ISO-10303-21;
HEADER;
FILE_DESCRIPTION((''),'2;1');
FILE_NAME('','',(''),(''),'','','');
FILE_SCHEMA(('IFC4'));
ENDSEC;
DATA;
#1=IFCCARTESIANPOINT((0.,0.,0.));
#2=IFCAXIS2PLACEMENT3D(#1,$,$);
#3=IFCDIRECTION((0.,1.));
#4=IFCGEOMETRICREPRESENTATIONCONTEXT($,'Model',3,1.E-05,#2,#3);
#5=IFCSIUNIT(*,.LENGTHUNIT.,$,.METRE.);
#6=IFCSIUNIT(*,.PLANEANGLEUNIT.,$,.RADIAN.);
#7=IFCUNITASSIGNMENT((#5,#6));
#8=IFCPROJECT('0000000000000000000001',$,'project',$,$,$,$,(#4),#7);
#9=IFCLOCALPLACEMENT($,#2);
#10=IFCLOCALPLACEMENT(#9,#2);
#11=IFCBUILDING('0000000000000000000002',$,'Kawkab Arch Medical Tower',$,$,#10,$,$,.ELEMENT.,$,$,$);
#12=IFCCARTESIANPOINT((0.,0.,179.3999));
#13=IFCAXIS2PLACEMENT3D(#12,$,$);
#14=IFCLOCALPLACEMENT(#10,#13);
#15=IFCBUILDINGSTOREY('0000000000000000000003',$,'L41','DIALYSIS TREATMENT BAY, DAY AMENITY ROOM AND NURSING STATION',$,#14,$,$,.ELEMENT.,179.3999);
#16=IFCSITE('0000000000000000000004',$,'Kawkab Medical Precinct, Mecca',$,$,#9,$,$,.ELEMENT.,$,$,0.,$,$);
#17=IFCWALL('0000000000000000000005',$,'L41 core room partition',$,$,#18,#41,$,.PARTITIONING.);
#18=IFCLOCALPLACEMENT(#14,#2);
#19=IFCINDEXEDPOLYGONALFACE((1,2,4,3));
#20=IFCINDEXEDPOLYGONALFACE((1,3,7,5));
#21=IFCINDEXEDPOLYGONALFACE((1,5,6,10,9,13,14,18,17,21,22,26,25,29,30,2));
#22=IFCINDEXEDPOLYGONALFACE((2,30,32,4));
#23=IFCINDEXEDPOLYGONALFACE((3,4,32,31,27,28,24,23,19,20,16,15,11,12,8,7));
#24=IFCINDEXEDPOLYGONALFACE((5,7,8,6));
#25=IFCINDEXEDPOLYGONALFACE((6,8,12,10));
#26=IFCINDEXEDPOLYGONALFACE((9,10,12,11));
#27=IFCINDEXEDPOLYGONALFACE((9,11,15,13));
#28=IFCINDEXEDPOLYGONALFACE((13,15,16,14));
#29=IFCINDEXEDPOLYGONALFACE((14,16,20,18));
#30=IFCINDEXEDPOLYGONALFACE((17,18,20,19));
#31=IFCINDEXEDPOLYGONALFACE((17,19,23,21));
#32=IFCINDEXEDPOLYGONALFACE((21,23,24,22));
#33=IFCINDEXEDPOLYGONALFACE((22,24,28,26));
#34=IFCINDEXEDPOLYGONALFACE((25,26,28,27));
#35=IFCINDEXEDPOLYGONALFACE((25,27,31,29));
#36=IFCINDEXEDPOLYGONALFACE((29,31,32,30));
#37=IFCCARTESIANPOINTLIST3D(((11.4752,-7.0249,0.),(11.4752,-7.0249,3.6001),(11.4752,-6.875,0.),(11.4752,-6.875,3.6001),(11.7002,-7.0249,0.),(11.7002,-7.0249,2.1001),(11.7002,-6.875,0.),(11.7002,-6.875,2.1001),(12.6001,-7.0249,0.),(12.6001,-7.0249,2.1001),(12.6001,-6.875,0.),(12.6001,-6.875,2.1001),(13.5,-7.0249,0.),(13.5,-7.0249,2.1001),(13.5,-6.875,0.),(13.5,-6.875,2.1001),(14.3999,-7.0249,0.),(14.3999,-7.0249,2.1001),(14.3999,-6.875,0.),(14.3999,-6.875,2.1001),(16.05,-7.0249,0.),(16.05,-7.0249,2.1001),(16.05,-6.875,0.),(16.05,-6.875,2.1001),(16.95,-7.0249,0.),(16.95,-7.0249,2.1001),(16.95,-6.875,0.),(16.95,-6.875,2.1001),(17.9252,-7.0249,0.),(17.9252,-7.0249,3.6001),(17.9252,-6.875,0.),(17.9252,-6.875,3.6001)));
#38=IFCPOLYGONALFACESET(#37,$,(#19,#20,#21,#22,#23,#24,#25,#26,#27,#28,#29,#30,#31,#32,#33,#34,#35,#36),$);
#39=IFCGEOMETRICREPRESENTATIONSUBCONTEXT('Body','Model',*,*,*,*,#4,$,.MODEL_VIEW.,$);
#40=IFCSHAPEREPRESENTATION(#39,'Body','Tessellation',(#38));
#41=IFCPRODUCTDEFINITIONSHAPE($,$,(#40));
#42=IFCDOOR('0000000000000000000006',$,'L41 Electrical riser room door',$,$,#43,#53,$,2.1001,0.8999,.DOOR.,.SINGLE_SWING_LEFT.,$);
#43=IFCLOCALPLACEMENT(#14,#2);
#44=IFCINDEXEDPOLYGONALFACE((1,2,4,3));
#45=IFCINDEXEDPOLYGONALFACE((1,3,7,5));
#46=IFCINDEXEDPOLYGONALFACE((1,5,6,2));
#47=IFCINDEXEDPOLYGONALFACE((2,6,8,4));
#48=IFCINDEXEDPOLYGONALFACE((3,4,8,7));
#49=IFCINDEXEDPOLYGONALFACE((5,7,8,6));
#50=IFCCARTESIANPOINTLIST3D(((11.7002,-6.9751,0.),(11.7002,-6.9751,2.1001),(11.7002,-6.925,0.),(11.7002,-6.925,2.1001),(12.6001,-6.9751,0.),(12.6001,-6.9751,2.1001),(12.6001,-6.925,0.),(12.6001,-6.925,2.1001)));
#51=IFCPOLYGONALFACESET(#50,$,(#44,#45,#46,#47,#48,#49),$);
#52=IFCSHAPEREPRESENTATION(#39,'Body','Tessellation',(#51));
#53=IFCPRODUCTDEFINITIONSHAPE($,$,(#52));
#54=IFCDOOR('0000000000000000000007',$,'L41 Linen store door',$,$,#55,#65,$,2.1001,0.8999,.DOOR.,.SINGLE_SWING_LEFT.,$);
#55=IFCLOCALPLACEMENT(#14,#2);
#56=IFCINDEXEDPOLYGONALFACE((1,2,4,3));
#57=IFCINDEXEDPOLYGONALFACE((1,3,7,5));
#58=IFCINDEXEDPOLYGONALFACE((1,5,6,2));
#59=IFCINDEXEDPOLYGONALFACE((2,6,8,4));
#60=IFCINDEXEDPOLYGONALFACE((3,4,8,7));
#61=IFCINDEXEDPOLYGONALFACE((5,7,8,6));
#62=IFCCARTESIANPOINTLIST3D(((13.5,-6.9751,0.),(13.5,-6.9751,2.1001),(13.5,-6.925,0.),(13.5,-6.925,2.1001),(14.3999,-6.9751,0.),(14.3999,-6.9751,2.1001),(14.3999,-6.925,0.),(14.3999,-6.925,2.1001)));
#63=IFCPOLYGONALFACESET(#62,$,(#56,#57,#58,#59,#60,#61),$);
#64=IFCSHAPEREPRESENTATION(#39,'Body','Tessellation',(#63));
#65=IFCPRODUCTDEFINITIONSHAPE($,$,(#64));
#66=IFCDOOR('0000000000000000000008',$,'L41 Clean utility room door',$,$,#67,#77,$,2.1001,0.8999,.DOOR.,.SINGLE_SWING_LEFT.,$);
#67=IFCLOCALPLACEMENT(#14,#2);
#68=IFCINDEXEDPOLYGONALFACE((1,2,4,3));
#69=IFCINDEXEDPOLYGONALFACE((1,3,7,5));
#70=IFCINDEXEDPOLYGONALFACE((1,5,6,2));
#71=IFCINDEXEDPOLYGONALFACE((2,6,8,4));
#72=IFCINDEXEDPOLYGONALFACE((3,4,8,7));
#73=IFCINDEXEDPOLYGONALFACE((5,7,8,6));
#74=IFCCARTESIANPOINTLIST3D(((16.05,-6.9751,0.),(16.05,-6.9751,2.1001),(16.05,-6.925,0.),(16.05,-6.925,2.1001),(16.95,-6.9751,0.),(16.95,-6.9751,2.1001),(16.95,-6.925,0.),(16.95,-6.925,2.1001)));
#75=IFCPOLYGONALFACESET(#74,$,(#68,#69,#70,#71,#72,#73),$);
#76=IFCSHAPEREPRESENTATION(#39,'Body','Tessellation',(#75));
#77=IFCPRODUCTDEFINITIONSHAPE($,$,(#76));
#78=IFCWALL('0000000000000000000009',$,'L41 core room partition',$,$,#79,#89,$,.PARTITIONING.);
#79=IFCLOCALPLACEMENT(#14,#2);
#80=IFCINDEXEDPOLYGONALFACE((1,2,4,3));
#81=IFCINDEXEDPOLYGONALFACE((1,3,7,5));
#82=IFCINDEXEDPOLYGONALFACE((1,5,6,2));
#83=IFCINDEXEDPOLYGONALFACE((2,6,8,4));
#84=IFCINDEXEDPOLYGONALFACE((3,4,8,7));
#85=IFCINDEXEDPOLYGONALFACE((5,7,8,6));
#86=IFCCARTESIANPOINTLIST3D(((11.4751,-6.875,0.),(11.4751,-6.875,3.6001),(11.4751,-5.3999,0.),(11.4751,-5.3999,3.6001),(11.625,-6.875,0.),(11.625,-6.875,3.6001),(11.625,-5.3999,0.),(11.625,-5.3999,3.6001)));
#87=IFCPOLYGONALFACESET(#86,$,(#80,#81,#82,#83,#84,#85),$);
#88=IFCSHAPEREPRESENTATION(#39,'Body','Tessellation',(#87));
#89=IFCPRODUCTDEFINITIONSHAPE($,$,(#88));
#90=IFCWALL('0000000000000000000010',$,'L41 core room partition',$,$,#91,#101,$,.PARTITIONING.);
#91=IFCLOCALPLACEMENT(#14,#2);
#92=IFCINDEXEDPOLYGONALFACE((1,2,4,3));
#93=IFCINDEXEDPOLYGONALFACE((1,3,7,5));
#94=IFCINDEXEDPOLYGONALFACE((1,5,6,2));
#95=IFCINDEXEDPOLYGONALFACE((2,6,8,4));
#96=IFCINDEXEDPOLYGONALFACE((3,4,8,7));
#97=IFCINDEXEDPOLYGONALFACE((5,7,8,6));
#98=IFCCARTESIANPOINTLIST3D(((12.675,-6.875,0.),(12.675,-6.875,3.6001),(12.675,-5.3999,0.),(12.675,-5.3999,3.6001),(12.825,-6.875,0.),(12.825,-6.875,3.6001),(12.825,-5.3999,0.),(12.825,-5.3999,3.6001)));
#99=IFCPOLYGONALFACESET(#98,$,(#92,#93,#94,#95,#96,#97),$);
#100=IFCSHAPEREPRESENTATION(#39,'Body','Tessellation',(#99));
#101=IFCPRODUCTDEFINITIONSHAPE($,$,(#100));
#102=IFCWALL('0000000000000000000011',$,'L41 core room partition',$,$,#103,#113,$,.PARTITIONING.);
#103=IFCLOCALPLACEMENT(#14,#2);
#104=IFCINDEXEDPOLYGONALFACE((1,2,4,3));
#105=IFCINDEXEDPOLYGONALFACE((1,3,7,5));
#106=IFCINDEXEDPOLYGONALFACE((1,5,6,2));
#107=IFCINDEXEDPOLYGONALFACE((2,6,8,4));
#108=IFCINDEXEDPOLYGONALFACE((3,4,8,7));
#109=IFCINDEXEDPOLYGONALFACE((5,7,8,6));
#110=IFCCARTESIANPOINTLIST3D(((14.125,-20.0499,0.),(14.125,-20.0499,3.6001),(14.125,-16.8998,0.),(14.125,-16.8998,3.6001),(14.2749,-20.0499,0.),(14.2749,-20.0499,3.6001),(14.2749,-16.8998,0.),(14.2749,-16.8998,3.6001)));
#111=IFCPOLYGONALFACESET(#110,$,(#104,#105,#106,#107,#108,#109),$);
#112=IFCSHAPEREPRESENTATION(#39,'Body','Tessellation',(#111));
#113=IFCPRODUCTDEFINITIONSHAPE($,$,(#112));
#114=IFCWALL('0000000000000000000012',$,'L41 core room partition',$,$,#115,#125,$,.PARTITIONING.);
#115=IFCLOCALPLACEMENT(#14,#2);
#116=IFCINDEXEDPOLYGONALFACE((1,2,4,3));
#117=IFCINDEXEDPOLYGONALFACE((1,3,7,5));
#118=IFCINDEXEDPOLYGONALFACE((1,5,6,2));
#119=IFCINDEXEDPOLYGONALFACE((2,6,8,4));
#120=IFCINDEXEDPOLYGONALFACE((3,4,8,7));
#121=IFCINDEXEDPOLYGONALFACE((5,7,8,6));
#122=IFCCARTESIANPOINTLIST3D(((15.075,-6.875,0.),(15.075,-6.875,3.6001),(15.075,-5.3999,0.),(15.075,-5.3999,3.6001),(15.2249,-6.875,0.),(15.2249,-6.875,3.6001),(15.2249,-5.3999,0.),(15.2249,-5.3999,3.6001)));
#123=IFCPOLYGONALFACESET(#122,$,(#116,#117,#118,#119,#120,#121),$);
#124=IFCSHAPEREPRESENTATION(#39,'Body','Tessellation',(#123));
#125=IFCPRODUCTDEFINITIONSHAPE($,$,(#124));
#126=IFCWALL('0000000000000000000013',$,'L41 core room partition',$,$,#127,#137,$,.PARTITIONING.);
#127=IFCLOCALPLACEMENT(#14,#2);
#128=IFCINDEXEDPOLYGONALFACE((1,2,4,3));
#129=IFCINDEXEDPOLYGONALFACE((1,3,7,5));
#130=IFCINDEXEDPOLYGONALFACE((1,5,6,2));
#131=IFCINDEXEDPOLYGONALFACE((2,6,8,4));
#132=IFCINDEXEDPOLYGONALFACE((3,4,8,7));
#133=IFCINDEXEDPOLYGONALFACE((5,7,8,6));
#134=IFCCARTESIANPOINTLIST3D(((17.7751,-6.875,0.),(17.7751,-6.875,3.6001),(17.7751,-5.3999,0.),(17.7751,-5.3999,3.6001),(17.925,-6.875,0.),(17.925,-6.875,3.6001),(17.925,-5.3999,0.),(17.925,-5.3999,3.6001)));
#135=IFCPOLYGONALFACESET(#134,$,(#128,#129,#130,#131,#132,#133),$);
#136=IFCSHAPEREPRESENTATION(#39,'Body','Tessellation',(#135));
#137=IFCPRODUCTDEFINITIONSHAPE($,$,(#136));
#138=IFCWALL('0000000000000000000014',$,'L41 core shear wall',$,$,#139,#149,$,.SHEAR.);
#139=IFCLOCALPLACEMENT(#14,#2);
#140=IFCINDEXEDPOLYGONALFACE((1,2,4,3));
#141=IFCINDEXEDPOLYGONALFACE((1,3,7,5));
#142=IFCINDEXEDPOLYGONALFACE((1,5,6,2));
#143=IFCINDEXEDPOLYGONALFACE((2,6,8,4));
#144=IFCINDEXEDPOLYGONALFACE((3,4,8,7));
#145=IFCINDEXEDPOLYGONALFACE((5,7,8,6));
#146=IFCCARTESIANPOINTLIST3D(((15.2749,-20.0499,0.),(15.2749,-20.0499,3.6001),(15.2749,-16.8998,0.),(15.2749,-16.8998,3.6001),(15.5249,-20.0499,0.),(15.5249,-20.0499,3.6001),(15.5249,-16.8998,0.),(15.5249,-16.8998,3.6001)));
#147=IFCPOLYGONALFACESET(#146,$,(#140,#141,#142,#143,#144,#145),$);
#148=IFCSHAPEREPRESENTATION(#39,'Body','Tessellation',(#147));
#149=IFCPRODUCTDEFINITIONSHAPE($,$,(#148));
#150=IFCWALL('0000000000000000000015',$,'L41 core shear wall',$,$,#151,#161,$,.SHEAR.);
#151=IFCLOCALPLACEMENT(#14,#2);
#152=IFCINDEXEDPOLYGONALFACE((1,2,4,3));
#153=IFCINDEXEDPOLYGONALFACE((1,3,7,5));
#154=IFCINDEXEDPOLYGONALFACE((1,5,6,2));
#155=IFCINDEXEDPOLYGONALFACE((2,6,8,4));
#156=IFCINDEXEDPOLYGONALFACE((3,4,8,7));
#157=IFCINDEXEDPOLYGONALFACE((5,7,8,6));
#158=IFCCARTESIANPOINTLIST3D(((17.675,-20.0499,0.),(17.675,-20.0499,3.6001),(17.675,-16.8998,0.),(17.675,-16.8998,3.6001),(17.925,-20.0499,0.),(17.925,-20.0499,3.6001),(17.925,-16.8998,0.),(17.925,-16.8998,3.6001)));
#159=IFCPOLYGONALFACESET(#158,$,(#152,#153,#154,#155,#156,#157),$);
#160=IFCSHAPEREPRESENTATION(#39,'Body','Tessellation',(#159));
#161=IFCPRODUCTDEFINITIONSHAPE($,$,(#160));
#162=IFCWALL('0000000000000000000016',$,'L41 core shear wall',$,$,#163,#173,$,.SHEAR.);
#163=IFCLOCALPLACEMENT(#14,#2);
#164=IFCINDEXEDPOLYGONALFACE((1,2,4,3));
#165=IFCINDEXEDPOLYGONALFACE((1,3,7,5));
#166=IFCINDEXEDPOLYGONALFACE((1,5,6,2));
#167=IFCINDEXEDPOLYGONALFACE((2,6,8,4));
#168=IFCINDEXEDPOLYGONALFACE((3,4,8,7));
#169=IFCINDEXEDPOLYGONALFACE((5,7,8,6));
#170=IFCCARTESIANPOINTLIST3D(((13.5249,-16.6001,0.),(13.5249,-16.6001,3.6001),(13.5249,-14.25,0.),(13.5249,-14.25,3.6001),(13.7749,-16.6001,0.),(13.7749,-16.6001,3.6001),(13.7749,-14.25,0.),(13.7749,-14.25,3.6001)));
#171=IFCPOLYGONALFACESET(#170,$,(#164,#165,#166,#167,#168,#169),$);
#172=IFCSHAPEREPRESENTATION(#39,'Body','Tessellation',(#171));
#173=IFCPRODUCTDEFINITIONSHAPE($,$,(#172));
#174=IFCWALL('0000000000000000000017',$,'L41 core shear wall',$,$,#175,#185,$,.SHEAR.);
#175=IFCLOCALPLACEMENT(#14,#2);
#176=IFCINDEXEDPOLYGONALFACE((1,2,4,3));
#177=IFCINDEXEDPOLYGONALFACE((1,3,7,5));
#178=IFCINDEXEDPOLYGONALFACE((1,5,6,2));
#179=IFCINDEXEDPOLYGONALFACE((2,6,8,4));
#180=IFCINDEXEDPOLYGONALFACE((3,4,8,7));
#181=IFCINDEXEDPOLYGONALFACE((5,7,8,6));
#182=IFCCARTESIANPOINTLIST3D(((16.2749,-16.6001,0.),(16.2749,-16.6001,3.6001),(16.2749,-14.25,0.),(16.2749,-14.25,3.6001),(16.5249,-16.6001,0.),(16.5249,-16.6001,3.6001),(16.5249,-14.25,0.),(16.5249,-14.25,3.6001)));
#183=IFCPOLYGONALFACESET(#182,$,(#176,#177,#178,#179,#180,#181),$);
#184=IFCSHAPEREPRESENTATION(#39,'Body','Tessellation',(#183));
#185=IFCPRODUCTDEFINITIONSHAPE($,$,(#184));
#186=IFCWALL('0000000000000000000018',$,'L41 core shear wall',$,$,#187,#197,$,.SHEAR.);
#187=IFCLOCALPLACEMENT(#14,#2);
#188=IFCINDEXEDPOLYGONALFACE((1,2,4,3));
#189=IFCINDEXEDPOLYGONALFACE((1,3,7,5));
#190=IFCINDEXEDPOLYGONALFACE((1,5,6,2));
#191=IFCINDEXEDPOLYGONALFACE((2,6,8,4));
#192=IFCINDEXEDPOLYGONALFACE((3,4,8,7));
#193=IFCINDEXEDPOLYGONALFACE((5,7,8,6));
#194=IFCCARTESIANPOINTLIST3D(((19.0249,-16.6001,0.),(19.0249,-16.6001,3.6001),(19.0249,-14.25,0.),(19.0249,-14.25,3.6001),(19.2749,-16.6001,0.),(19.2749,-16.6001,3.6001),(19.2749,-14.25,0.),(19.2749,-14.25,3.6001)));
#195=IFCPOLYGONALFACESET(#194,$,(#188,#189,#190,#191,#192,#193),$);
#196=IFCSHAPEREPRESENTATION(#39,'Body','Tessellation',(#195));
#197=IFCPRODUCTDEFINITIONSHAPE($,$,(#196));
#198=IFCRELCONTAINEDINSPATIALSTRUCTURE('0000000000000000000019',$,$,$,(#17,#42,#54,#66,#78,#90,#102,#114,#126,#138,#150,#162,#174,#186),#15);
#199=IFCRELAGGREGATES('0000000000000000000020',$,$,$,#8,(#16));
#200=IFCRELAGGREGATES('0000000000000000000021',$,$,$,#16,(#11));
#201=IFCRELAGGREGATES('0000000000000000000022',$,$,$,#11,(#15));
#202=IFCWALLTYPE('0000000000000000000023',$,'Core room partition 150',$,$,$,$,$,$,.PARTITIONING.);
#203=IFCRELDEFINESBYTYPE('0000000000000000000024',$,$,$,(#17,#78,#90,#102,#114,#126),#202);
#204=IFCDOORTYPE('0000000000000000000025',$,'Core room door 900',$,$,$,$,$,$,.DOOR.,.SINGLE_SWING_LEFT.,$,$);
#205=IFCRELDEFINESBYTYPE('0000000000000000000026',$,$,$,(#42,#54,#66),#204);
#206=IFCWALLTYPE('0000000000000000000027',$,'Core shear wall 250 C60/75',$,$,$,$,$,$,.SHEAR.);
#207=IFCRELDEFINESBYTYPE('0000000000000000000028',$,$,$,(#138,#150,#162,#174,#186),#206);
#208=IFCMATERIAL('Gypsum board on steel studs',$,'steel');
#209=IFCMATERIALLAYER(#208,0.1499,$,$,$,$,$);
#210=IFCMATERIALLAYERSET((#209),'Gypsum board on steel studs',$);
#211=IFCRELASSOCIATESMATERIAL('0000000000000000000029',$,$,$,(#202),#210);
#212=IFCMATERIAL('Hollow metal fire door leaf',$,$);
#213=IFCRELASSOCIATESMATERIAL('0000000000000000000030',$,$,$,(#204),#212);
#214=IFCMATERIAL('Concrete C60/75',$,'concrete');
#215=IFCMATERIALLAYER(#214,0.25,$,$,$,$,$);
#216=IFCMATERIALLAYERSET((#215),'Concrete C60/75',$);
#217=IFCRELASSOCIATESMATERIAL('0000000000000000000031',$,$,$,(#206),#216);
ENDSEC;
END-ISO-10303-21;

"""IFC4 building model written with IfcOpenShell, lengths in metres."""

from ifc_helpers import new_model, si_unit, direction, frame, frame_2d, origin, place, context, subcontext, project, spatial, rectangle, extrude, material, layer, layer_set, type_object, element, fill, save


model = new_model("IFC4")

# Units and contexts
model_context = context("Model", 3, precision=1e-05, world=origin(), true_north=direction((0.0, 1.0)))
body_context = subcontext(model_context, "Body", "Model", "MODEL_VIEW")
ifc_project = project(units=[si_unit("LENGTHUNIT", "METRE"), si_unit("PLANEANGLEUNIT", "RADIAN")], contexts=[model_context])

# Site, building, storey
site_placement = place(None, origin())
site = spatial("IfcSite", under=ifc_project, at=site_placement, Name="Kawkab Medical Precinct, Mecca", CompositionType="ELEMENT", RefElevation=0.0)
building_placement = place(site_placement, origin())
building = spatial("IfcBuilding", under=site, at=building_placement, Name="Kawkab Arch Medical Tower", CompositionType="ELEMENT")
storey_placement = place(building_placement, frame((0.0, 0.0, 179.3999)))
storey = spatial("IfcBuildingStorey", under=building, at=storey_placement, Name="L41", Description="DIALYSIS TREATMENT BAY, DAY AMENITY ROOM AND NURSING STATION", CompositionType="ELEMENT", Elevation=179.3999)

# Wall, openings, doors
ifc_material_1 = material(Name="Gypsum board on steel studs", Category="steel")
ifc_layer_1 = layer(ifc_material_1, 0.1499)
ifc_layer_set_1 = layer_set([ifc_layer_1], Name="Gypsum board on steel studs")
wall_type_1 = type_object("IfcWallType", Name="Core room partition 150", PredefinedType="PARTITIONING", material=ifc_layer_set_1)
wall_1_placement = place(storey_placement, frame((11.4751, -6.95, 0.0), z_axis=(0.0, 0.0, 1.0), x_axis=(1.0, 0.0, 0.0)))
wall_1 = element("IfcWall", 1, at=wall_1_placement, inside=storey, type_object=wall_type_1, Name="L41 core room partition", PredefinedType="PARTITIONING", context=body_context, shape_type="SweptSolid", body=[
    extrude(rectangle(XDim=6.45, YDim=0.1499, at=frame_2d((3.2251, 0.0))), origin(), (0.0, 0.0, 1.0), 3.6001),
])
opening_1_placement = place(wall_1_placement, frame((0.2251, 0.0, 0.0)))
opening_1 = element("IfcOpeningElement", 2, at=opening_1_placement, cuts=wall_1, PredefinedType="OPENING", context=body_context, shape_type="SweptSolid", body=[
    extrude(rectangle(XDim=0.8999, YDim=2.1001, at=frame_2d((0.45, 1.05))), frame((0.0, 0.085, 0.0), z_axis=(0.0, -1.0, 0.0), x_axis=(1.0, 0.0, 0.0)), (0.0, 0.0, 1.0), 0.1699),
])
opening_2_placement = place(wall_1_placement, frame((2.0249, 0.0, 0.0)))
opening_2 = element("IfcOpeningElement", 3, at=opening_2_placement, cuts=wall_1, PredefinedType="OPENING", context=body_context, shape_type="SweptSolid", body=[
    extrude(rectangle(XDim=0.8999, YDim=2.1001, at=frame_2d((0.45, 1.05))), frame((0.0, 0.085, 0.0), z_axis=(0.0, -1.0, 0.0), x_axis=(1.0, 0.0, 0.0)), (0.0, 0.0, 1.0), 0.1699),
])
opening_3_placement = place(wall_1_placement, frame((4.575, 0.0, 0.0)))
opening_3 = element("IfcOpeningElement", 4, at=opening_3_placement, cuts=wall_1, PredefinedType="OPENING", context=body_context, shape_type="SweptSolid", body=[
    extrude(rectangle(XDim=0.8999, YDim=2.1001, at=frame_2d((0.45, 1.05))), frame((0.0, 0.085, 0.0), z_axis=(0.0, -1.0, 0.0), x_axis=(1.0, 0.0, 0.0)), (0.0, 0.0, 1.0), 0.1699),
])
ifc_material_2 = material(Name="Hollow metal fire door leaf")
door_type = type_object("IfcDoorType", Name="Core room door 900", OperationType="SINGLE_SWING_LEFT", PredefinedType="DOOR", material=ifc_material_2)
door_1_placement = place(opening_1_placement, origin())
door_1 = element("IfcDoor", 5, at=door_1_placement, inside=storey, type_object=door_type, Name="L41 Electrical riser room door", OperationType="SINGLE_SWING_LEFT", OverallHeight=2.1001, OverallWidth=0.8999, PredefinedType="DOOR", context=body_context, shape_type="SweptSolid", body=[
    extrude(rectangle(XDim=0.8999, YDim=2.1001, at=frame_2d((0.45, 1.05))), frame((0.0, 0.0249, 0.0), z_axis=(0.0, -1.0, 0.0), x_axis=(1.0, 0.0, 0.0)), (0.0, 0.0, 1.0), 0.05),
])
fill(opening_1, door_1)
door_2_placement = place(opening_2_placement, origin())
door_2 = element("IfcDoor", 6, at=door_2_placement, inside=storey, type_object=door_type, Name="L41 Linen store door", OperationType="SINGLE_SWING_LEFT", OverallHeight=2.1001, OverallWidth=0.8999, PredefinedType="DOOR", context=body_context, shape_type="SweptSolid", body=[
    extrude(rectangle(XDim=0.8999, YDim=2.1001, at=frame_2d((0.45, 1.05))), frame((0.0, 0.0249, 0.0), z_axis=(0.0, -1.0, 0.0), x_axis=(1.0, 0.0, 0.0)), (0.0, 0.0, 1.0), 0.05),
])
fill(opening_2, door_2)
door_3_placement = place(opening_3_placement, origin())
door_3 = element("IfcDoor", 7, at=door_3_placement, inside=storey, type_object=door_type, Name="L41 Clean utility room door", OperationType="SINGLE_SWING_LEFT", OverallHeight=2.1001, OverallWidth=0.8999, PredefinedType="DOOR", context=body_context, shape_type="SweptSolid", body=[
    extrude(rectangle(XDim=0.8999, YDim=2.1001, at=frame_2d((0.45, 1.05))), frame((0.0, 0.0249, 0.0), z_axis=(0.0, -1.0, 0.0), x_axis=(1.0, 0.0, 0.0)), (0.0, 0.0, 1.0), 0.05),
])
fill(opening_3, door_3)

# Walls
for number, where, z_axis, x_axis, name in (
    (8, (11.55, -6.875, 0.0), (0.0, 0.0, 1.0), (0.0, 1.0, 0.0), "L41 core room partition"),
    (9, (12.75, -6.875, 0.0), (0.0, 0.0, 1.0), (0.0, 1.0, 0.0), "L41 core room partition"),
):
    element("IfcWall", number, at=place(storey_placement, frame(where, z_axis=z_axis, x_axis=x_axis)), inside=storey, type_object=wall_type_1, Name=name, PredefinedType="PARTITIONING", context=body_context, shape_type="SweptSolid", body=[
        extrude(rectangle(XDim=1.4751, YDim=0.1499, at=frame_2d((0.7375, 0.0))), origin(), (0.0, 0.0, 1.0), 3.6001),
    ])
wall_2_placement = place(storey_placement, frame((14.2, -20.05, 0.0), z_axis=(0.0, 0.0, 1.0), x_axis=(0.0, 1.0, 0.0)))
element("IfcWall", 10, at=wall_2_placement, inside=storey, type_object=wall_type_1, Name="L41 core room partition", PredefinedType="PARTITIONING", context=body_context, shape_type="SweptSolid", body=[
    extrude(rectangle(XDim=3.1501, YDim=0.1499, at=frame_2d((1.5752, 0.0))), origin(), (0.0, 0.0, 1.0), 3.6001),
])
for number, where, z_axis, x_axis, name in (
    (11, (15.1499, -6.875, 0.0), (0.0, 0.0, 1.0), (0.0, 1.0, 0.0), "L41 core room partition"),
    (12, (17.8501, -6.875, 0.0), (0.0, 0.0, 1.0), (0.0, 1.0, 0.0), "L41 core room partition"),
):
    element("IfcWall", number, at=place(storey_placement, frame(where, z_axis=z_axis, x_axis=x_axis)), inside=storey, type_object=wall_type_1, Name=name, PredefinedType="PARTITIONING", context=body_context, shape_type="SweptSolid", body=[
        extrude(rectangle(XDim=1.4751, YDim=0.1499, at=frame_2d((0.7375, 0.0))), origin(), (0.0, 0.0, 1.0), 3.6001),
    ])
ifc_material_3 = material(Name="Concrete C60/75", Category="concrete")
ifc_layer_2 = layer(ifc_material_3, 0.25)
ifc_layer_set_2 = layer_set([ifc_layer_2], Name="Concrete C60/75")
wall_type_2 = type_object("IfcWallType", Name="Core shear wall 250 C60/75", PredefinedType="SHEAR", material=ifc_layer_set_2)
for number, where, z_axis, x_axis, name in (
    (13, (15.3999, -20.05, 0.0), (0.0, 0.0, 1.0), (0.0, 1.0, 0.0), "L41 core shear wall"),
    (14, (17.8, -20.05, 0.0), (0.0, 0.0, 1.0), (0.0, 1.0, 0.0), "L41 core shear wall"),
):
    element("IfcWall", number, at=place(storey_placement, frame(where, z_axis=z_axis, x_axis=x_axis)), inside=storey, type_object=wall_type_2, Name=name, PredefinedType="SHEAR", context=body_context, shape_type="SweptSolid", body=[
        extrude(rectangle(XDim=3.1501, YDim=0.25, at=frame_2d((1.5752, 0.0))), origin(), (0.0, 0.0, 1.0), 3.6001),
    ])
for number, where, z_axis, x_axis, name in (
    (15, (13.6499, -16.6001, 0.0), (0.0, 0.0, 1.0), (0.0, 1.0, 0.0), "L41 core shear wall"),
    (16, (16.3999, -16.6001, 0.0), (0.0, 0.0, 1.0), (0.0, 1.0, 0.0), "L41 core shear wall"),
    (17, (19.1499, -16.6001, 0.0), (0.0, 0.0, 1.0), (0.0, 1.0, 0.0), "L41 core shear wall"),
):
    element("IfcWall", number, at=place(storey_placement, frame(where, z_axis=z_axis, x_axis=x_axis)), inside=storey, type_object=wall_type_2, Name=name, PredefinedType="SHEAR", context=body_context, shape_type="SweptSolid", body=[
        extrude(rectangle(XDim=2.3501, YDim=0.25, at=frame_2d((1.175, 0.0))), origin(), (0.0, 0.0, 1.0), 3.6001),
    ])

save(model, "model.ifc")
